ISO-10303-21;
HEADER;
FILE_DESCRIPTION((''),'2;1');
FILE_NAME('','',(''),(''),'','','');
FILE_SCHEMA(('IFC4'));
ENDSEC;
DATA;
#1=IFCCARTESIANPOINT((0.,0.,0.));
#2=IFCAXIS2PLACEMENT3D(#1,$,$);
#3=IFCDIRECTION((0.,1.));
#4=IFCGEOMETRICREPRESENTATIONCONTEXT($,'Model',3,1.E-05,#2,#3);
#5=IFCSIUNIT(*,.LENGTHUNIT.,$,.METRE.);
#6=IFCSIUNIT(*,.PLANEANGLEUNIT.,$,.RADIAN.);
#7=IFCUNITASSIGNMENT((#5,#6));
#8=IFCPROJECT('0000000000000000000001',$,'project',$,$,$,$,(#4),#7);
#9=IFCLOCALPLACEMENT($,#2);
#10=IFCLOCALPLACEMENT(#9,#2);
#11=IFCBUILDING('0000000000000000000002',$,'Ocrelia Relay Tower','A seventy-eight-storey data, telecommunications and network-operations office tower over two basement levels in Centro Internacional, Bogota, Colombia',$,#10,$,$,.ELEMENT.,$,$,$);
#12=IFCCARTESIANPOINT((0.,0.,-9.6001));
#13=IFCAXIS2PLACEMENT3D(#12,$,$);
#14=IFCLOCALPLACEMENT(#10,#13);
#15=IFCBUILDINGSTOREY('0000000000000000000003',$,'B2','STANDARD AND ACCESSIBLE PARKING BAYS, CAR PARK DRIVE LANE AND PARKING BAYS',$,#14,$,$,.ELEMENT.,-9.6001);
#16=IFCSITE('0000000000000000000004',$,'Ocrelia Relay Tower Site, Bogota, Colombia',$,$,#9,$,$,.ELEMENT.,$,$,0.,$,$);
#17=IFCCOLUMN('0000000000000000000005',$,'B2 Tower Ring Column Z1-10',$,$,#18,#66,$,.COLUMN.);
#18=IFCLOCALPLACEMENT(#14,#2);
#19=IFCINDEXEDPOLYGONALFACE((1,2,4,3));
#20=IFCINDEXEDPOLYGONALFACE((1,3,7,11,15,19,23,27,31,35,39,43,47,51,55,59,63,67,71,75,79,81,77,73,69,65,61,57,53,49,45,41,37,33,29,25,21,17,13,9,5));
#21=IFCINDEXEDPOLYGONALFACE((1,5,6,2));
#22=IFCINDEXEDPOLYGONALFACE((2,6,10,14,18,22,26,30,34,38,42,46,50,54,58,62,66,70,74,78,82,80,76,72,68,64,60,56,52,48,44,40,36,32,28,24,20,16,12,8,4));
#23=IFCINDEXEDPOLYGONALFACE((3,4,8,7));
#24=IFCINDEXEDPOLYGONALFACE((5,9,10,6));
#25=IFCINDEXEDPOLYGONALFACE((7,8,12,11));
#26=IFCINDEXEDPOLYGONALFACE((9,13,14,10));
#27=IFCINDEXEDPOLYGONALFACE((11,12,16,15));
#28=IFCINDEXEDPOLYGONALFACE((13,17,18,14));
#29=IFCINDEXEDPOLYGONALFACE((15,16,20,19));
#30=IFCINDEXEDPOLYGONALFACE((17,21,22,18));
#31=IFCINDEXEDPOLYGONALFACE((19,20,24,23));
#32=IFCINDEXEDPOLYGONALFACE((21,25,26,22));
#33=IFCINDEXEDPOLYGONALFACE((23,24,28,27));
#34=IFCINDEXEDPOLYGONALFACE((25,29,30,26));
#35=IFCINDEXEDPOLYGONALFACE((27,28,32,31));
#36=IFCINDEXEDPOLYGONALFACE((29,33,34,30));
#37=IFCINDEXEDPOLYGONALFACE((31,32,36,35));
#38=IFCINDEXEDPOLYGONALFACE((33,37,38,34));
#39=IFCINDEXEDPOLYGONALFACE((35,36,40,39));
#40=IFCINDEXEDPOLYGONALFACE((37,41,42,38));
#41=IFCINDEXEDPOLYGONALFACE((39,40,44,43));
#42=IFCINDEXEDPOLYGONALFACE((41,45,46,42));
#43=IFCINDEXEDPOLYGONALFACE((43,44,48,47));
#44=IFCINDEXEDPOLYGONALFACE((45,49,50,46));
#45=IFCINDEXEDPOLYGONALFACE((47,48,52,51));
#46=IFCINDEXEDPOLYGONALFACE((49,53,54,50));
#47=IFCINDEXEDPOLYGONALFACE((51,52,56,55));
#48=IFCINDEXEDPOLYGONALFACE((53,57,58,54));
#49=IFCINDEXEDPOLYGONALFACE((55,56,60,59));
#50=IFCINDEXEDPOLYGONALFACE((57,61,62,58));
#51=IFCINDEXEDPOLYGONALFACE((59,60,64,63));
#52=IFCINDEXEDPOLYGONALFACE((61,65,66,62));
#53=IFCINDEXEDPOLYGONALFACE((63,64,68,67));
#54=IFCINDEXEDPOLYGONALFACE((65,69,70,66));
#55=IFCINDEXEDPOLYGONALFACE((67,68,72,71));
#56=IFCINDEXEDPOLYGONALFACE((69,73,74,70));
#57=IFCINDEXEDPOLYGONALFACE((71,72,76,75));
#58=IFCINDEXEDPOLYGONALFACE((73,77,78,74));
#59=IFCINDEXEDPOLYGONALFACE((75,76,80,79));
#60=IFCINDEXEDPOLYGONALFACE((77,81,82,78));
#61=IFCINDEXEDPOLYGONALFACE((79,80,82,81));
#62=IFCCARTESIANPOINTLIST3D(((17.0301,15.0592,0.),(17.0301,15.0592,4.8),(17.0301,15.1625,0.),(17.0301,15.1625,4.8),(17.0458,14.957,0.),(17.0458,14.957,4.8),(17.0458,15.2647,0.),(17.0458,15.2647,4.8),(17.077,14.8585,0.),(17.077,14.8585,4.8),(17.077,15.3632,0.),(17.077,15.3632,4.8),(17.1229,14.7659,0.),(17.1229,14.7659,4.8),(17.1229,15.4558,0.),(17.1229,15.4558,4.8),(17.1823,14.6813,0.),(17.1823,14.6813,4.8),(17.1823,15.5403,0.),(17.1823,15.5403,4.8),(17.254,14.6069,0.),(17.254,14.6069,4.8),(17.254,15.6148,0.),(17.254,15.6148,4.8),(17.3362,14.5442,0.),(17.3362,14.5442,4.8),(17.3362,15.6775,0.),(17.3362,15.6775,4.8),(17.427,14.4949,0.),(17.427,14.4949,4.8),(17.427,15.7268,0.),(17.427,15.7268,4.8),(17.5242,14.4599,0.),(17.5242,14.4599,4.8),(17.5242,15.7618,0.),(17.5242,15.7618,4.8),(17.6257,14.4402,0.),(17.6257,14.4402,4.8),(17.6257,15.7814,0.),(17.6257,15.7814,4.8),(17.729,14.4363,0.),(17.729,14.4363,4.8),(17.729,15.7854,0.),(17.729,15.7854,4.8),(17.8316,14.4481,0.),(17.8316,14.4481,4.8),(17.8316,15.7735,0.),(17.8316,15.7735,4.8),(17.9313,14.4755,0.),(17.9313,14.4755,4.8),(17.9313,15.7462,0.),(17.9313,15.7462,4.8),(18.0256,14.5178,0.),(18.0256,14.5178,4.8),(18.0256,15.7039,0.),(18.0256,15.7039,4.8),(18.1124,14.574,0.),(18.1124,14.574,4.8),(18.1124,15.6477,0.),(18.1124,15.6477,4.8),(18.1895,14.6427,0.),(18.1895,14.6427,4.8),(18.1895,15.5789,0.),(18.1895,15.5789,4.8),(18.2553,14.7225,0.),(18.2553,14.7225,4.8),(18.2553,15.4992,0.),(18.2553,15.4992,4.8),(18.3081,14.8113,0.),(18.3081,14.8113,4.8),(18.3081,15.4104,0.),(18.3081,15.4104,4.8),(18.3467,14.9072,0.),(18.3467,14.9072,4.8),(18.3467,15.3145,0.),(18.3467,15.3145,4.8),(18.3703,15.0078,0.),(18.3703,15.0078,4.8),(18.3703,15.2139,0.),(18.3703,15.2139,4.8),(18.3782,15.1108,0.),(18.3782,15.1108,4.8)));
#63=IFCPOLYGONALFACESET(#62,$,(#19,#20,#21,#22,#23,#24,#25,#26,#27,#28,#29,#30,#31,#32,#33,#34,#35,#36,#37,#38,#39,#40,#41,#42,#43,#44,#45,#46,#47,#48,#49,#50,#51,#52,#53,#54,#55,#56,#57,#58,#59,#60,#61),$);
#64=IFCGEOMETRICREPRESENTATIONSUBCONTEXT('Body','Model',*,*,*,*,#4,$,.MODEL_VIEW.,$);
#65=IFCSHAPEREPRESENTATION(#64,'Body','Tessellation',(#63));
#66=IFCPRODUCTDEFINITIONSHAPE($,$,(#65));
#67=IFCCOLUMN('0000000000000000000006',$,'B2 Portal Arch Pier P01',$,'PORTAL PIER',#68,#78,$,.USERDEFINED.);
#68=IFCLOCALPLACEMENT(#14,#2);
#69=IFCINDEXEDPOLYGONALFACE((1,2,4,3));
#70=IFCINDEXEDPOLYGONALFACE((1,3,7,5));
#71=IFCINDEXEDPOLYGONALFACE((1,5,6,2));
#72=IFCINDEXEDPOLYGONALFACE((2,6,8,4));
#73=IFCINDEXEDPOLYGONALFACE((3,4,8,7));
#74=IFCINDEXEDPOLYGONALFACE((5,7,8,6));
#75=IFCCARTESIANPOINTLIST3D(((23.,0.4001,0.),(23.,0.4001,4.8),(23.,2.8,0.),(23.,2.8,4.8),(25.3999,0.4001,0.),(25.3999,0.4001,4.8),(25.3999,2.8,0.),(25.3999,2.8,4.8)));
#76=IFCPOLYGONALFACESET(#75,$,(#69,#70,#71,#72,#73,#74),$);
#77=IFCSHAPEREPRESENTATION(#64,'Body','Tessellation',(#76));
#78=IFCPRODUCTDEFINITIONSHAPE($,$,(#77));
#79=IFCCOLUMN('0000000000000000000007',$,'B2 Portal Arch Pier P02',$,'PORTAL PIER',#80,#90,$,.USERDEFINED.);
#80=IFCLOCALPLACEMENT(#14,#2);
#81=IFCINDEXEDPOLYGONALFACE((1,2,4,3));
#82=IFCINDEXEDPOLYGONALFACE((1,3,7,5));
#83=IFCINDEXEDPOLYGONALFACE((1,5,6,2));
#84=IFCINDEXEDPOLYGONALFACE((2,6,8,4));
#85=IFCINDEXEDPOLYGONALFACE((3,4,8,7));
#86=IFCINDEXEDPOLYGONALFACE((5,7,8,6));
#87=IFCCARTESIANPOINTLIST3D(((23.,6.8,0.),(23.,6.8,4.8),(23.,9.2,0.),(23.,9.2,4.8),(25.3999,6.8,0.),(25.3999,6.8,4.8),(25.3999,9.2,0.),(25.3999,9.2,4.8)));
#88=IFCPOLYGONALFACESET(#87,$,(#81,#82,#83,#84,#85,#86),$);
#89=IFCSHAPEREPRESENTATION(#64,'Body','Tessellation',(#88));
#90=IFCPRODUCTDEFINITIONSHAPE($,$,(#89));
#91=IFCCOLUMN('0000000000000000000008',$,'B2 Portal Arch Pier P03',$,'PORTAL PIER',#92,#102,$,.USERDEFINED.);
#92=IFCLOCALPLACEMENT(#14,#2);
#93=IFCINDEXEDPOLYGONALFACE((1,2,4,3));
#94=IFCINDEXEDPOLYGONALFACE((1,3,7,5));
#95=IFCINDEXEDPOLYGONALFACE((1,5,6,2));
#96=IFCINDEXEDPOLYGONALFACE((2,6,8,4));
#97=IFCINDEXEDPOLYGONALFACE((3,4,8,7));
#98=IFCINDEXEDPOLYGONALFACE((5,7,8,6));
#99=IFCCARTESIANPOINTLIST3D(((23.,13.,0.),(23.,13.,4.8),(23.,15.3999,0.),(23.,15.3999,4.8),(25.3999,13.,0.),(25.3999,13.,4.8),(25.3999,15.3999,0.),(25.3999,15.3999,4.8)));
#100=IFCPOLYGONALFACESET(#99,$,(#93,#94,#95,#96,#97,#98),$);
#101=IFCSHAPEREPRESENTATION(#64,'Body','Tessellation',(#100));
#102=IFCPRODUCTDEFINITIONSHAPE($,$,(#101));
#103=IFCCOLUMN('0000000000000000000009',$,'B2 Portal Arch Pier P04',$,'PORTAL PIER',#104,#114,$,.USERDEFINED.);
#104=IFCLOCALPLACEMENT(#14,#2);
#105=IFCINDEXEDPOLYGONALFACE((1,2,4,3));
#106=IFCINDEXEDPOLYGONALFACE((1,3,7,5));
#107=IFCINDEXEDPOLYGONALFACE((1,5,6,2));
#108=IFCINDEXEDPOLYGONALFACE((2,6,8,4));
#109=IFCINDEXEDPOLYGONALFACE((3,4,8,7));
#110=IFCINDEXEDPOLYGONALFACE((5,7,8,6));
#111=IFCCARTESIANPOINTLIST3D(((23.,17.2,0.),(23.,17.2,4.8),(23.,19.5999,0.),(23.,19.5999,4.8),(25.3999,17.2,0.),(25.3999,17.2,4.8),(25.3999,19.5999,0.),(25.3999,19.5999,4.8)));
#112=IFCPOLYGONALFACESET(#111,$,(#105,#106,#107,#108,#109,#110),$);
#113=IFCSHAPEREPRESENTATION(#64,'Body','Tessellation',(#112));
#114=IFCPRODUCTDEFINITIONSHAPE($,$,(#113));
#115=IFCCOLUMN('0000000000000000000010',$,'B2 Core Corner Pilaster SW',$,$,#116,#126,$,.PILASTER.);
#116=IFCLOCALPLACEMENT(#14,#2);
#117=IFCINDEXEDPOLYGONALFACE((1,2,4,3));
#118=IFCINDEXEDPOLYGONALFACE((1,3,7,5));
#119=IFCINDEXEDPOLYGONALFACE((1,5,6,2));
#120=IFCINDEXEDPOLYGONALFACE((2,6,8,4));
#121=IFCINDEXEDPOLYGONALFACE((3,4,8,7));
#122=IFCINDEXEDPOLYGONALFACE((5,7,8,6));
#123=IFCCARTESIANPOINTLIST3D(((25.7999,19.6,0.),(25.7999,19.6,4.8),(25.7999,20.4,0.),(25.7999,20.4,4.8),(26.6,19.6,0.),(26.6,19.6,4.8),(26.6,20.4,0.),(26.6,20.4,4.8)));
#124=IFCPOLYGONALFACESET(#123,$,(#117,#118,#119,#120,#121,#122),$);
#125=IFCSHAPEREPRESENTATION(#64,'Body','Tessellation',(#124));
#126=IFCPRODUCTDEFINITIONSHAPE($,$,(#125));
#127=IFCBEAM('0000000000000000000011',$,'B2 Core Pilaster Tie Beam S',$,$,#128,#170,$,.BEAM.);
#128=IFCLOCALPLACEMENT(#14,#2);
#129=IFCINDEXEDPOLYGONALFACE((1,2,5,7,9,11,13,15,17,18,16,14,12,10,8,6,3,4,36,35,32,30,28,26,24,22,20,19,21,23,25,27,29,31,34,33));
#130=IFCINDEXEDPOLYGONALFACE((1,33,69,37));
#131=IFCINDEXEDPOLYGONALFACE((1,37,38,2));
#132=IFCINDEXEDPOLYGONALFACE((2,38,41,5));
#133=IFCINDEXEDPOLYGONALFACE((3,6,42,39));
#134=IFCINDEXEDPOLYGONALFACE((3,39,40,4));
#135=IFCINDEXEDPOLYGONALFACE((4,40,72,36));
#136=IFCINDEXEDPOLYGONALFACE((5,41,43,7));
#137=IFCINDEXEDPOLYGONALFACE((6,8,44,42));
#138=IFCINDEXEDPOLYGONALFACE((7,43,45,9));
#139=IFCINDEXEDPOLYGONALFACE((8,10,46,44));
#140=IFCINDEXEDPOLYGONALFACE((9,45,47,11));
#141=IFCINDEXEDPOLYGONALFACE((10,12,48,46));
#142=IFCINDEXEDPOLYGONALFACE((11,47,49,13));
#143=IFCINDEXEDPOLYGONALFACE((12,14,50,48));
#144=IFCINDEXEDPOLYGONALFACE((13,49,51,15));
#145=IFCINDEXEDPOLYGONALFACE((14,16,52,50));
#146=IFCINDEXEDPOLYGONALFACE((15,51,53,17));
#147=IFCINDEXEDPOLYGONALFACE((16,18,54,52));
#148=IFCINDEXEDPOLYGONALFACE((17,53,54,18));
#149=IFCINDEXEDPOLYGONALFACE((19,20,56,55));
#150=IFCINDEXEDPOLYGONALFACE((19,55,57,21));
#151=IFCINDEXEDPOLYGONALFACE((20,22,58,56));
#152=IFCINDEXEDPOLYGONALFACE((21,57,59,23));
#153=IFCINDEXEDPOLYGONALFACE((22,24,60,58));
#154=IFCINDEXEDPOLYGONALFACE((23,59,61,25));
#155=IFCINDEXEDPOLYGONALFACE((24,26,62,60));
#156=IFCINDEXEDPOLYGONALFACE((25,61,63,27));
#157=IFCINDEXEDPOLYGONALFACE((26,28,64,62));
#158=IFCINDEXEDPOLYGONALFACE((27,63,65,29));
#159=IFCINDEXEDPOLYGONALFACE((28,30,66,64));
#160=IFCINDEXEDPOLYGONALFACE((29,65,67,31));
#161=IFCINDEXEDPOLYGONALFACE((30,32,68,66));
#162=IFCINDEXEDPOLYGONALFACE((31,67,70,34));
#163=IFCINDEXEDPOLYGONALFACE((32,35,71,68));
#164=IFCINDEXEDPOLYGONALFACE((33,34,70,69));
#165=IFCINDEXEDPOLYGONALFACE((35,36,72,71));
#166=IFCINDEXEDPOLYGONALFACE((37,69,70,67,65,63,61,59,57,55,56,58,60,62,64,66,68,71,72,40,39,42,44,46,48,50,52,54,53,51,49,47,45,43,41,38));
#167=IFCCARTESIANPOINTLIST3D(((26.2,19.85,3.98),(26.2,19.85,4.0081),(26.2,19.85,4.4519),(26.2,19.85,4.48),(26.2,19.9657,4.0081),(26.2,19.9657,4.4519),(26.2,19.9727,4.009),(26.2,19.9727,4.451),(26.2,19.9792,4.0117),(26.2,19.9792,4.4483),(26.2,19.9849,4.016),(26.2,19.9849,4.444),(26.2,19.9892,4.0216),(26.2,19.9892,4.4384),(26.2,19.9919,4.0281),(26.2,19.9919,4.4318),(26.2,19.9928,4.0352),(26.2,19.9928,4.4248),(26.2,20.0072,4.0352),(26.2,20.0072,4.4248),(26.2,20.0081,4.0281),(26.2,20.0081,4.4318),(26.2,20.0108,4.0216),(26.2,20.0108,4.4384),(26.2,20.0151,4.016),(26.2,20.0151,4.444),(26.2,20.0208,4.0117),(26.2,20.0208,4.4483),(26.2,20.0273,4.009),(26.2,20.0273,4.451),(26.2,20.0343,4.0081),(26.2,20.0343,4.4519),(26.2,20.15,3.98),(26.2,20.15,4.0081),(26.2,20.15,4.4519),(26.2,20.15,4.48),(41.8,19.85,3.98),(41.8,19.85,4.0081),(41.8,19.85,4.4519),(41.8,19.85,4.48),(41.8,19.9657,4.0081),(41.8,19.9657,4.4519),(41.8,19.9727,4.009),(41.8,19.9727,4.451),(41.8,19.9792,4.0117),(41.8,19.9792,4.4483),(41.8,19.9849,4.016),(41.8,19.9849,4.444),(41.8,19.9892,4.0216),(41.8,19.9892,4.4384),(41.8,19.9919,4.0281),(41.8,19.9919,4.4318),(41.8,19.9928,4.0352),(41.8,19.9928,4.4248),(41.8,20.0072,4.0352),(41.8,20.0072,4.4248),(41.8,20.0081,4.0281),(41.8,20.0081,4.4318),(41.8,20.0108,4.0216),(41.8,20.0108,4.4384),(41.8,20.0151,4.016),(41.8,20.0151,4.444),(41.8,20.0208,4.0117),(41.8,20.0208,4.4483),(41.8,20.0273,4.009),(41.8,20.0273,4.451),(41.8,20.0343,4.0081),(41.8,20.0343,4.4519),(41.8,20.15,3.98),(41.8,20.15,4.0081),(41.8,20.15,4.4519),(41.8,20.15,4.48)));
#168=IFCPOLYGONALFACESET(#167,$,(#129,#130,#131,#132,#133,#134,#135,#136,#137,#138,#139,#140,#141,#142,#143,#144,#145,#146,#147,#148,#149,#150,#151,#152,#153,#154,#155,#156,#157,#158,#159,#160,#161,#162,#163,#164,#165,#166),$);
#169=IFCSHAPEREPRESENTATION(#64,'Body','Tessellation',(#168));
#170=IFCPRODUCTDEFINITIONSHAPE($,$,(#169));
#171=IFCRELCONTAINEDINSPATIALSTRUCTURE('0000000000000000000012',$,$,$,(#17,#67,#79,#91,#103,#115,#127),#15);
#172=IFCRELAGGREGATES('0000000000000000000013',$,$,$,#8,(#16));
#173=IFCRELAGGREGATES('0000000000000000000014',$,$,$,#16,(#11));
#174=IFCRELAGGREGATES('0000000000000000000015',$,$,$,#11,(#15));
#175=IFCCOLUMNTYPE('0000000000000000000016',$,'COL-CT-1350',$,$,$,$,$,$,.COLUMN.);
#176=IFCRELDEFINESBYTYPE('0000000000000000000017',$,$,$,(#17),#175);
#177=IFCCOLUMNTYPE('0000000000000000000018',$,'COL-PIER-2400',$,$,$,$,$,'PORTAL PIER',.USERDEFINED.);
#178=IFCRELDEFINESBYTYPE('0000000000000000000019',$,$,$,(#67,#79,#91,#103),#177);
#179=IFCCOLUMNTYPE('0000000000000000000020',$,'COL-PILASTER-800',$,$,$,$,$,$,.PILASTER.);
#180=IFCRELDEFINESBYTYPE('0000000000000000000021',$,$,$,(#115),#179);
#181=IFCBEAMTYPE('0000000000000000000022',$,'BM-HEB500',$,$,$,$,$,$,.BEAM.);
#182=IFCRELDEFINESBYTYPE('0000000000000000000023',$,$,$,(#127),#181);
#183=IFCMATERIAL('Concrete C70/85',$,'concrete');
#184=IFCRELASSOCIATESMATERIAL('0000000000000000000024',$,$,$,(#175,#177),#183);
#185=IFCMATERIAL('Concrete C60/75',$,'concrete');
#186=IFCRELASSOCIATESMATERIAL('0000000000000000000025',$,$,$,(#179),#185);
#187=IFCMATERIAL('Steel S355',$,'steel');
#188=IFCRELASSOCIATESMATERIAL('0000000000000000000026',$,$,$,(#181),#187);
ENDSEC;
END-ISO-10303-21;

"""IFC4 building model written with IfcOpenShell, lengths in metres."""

from ifc_helpers import new_model, si_unit, direction, frame, origin, origin_2d, place, context, subcontext, project, spatial, rectangle, circle, i_section, extrude, material, material_profile, profile_set, type_object, element, save


model = new_model("IFC4")

# Units and contexts
model_context = context("Model", 3, precision=1e-05, world=origin(), true_north=direction((0.0, 1.0)))
body_context = subcontext(model_context, "Body", "Model", "MODEL_VIEW")
ifc_project = project(units=[si_unit("LENGTHUNIT", "METRE"), si_unit("PLANEANGLEUNIT", "RADIAN")], contexts=[model_context])

# Site, building, storey
site_placement = place(None, origin())
site = spatial("IfcSite", under=ifc_project, at=site_placement, Name="Ocrelia Relay Tower Site, Bogota, Colombia", CompositionType="ELEMENT", RefElevation=0.0)
building_placement = place(site_placement, origin())
building = spatial("IfcBuilding", under=site, at=building_placement, Name="Ocrelia Relay Tower", Description="A seventy-eight-storey data, telecommunications and network-operations office tower over two basement levels in Centro Internacional, Bogota, Colombia", CompositionType="ELEMENT")
storey_placement = place(building_placement, frame((0.0, 0.0, -9.6001)))
storey = spatial("IfcBuildingStorey", under=building, at=storey_placement, Name="B2", Description="STANDARD AND ACCESSIBLE PARKING BAYS, CAR PARK DRIVE LANE AND PARKING BAYS", CompositionType="ELEMENT", Elevation=-9.6001)

# Columns
ifc_material_1 = material(Name="Concrete C70/85", Category="concrete")
ifc_material_profile_1 = material_profile(ifc_material_1, circle(Radius=0.675, at=origin_2d()), Name="RC-CIR-1350")
ifc_profile_set_1 = profile_set([ifc_material_profile_1], Name="Concrete C70/85")
column_type_1 = type_object("IfcColumnType", Name="COL-CT-1350", PredefinedType="COLUMN", material=ifc_profile_set_1)
for number, where, z_axis, x_axis, name in (
    (1, (17.7031, 15.1108, 0.0), (0.0, 0.0, 1.0), (1.0, 0.0, 0.0), "B2 Tower Ring Column Z1-10"),
):
    element("IfcColumn", number, at=place(storey_placement, frame(where, z_axis=z_axis, x_axis=x_axis)), inside=storey, type_object=column_type_1, Name=name, PredefinedType="COLUMN", context=body_context, shape_type="SweptSolid", body=[
        extrude(circle(Radius=0.675, at=origin_2d()), origin(), (0.0, 0.0, 1.0), 4.8),
    ])
ifc_material_profile_2 = material_profile(ifc_material_1, rectangle(XDim=2.3999, YDim=2.3999, at=origin_2d()), Name="RC-PIER-2400x2400")
ifc_profile_set_2 = profile_set([ifc_material_profile_2], Name="Concrete C70/85")
column_type_2 = type_object("IfcColumnType", Name="COL-PIER-2400", ElementType="PORTAL PIER", PredefinedType="USERDEFINED", material=ifc_profile_set_2)
for number, where, z_axis, x_axis, name in (
    (2, (24.2, 1.6001, 0.0), (0.0, 0.0, 1.0), (1.0, 0.0, 0.0), "B2 Portal Arch Pier P01"),
    (3, (24.2, 8.0, 0.0), (0.0, 0.0, 1.0), (1.0, 0.0, 0.0), "B2 Portal Arch Pier P02"),
    (4, (24.2, 14.2, 0.0), (0.0, 0.0, 1.0), (1.0, 0.0, 0.0), "B2 Portal Arch Pier P03"),
    (5, (24.2, 18.3999, 0.0), (0.0, 0.0, 1.0), (1.0, 0.0, 0.0), "B2 Portal Arch Pier P04"),
):
    element("IfcColumn", number, at=place(storey_placement, frame(where, z_axis=z_axis, x_axis=x_axis)), inside=storey, type_object=column_type_2, Name=name, ObjectType="PORTAL PIER", PredefinedType="USERDEFINED", context=body_context, shape_type="SweptSolid", body=[
        extrude(rectangle(XDim=2.3999, YDim=2.3999, at=origin_2d()), origin(), (0.0, 0.0, 1.0), 4.8),
    ])
ifc_material_2 = material(Name="Concrete C60/75", Category="concrete")
ifc_material_profile_3 = material_profile(ifc_material_2, rectangle(XDim=0.8, YDim=0.8, at=origin_2d()), Name="RC-COL-800x800")
ifc_profile_set_3 = profile_set([ifc_material_profile_3], Name="Concrete C60/75")
column_type_3 = type_object("IfcColumnType", Name="COL-PILASTER-800", PredefinedType="PILASTER", material=ifc_profile_set_3)
column_placement = place(storey_placement, frame((26.2, 20.0, 0.0), z_axis=(0.0, 0.0, 1.0), x_axis=(1.0, 0.0, 0.0)))
element("IfcColumn", 6, at=column_placement, inside=storey, type_object=column_type_3, Name="B2 Core Corner Pilaster SW", PredefinedType="PILASTER", context=body_context, shape_type="SweptSolid", body=[
    extrude(rectangle(XDim=0.8, YDim=0.8, at=origin_2d()), origin(), (0.0, 0.0, 1.0), 4.8),
])

# Beam
ifc_material_3 = material(Name="Steel S355", Category="steel")
ifc_material_profile_4 = material_profile(ifc_material_3, i_section(OverallWidth=0.3, OverallDepth=0.5, WebThickness=0.0144, FlangeThickness=0.0281, FilletRadius=0.0271, at=origin_2d()), Name="HEB 500")
ifc_profile_set_4 = profile_set([ifc_material_profile_4], Name="Steel S355")
beam_type_1 = type_object("IfcBeamType", Name="BM-HEB500", PredefinedType="BEAM", material=ifc_profile_set_4)
beam_1_placement = place(storey_placement, frame((26.2, 20.0, 4.23), z_axis=(1.0, 0.0, 0.0), x_axis=(0.0, 1.0, 0.0)))
element("IfcBeam", 7, at=beam_1_placement, inside=storey, type_object=beam_type_1, Name="B2 Core Pilaster Tie Beam S", PredefinedType="BEAM", context=body_context, shape_type="SweptSolid", body=[
    extrude(i_section(OverallWidth=0.3, OverallDepth=0.5, WebThickness=0.0144, FlangeThickness=0.0281, FilletRadius=0.0271, at=origin_2d()), origin(), (0.0, 0.0, 1.0), 15.6001),
])

save(model, "model.ifc")
